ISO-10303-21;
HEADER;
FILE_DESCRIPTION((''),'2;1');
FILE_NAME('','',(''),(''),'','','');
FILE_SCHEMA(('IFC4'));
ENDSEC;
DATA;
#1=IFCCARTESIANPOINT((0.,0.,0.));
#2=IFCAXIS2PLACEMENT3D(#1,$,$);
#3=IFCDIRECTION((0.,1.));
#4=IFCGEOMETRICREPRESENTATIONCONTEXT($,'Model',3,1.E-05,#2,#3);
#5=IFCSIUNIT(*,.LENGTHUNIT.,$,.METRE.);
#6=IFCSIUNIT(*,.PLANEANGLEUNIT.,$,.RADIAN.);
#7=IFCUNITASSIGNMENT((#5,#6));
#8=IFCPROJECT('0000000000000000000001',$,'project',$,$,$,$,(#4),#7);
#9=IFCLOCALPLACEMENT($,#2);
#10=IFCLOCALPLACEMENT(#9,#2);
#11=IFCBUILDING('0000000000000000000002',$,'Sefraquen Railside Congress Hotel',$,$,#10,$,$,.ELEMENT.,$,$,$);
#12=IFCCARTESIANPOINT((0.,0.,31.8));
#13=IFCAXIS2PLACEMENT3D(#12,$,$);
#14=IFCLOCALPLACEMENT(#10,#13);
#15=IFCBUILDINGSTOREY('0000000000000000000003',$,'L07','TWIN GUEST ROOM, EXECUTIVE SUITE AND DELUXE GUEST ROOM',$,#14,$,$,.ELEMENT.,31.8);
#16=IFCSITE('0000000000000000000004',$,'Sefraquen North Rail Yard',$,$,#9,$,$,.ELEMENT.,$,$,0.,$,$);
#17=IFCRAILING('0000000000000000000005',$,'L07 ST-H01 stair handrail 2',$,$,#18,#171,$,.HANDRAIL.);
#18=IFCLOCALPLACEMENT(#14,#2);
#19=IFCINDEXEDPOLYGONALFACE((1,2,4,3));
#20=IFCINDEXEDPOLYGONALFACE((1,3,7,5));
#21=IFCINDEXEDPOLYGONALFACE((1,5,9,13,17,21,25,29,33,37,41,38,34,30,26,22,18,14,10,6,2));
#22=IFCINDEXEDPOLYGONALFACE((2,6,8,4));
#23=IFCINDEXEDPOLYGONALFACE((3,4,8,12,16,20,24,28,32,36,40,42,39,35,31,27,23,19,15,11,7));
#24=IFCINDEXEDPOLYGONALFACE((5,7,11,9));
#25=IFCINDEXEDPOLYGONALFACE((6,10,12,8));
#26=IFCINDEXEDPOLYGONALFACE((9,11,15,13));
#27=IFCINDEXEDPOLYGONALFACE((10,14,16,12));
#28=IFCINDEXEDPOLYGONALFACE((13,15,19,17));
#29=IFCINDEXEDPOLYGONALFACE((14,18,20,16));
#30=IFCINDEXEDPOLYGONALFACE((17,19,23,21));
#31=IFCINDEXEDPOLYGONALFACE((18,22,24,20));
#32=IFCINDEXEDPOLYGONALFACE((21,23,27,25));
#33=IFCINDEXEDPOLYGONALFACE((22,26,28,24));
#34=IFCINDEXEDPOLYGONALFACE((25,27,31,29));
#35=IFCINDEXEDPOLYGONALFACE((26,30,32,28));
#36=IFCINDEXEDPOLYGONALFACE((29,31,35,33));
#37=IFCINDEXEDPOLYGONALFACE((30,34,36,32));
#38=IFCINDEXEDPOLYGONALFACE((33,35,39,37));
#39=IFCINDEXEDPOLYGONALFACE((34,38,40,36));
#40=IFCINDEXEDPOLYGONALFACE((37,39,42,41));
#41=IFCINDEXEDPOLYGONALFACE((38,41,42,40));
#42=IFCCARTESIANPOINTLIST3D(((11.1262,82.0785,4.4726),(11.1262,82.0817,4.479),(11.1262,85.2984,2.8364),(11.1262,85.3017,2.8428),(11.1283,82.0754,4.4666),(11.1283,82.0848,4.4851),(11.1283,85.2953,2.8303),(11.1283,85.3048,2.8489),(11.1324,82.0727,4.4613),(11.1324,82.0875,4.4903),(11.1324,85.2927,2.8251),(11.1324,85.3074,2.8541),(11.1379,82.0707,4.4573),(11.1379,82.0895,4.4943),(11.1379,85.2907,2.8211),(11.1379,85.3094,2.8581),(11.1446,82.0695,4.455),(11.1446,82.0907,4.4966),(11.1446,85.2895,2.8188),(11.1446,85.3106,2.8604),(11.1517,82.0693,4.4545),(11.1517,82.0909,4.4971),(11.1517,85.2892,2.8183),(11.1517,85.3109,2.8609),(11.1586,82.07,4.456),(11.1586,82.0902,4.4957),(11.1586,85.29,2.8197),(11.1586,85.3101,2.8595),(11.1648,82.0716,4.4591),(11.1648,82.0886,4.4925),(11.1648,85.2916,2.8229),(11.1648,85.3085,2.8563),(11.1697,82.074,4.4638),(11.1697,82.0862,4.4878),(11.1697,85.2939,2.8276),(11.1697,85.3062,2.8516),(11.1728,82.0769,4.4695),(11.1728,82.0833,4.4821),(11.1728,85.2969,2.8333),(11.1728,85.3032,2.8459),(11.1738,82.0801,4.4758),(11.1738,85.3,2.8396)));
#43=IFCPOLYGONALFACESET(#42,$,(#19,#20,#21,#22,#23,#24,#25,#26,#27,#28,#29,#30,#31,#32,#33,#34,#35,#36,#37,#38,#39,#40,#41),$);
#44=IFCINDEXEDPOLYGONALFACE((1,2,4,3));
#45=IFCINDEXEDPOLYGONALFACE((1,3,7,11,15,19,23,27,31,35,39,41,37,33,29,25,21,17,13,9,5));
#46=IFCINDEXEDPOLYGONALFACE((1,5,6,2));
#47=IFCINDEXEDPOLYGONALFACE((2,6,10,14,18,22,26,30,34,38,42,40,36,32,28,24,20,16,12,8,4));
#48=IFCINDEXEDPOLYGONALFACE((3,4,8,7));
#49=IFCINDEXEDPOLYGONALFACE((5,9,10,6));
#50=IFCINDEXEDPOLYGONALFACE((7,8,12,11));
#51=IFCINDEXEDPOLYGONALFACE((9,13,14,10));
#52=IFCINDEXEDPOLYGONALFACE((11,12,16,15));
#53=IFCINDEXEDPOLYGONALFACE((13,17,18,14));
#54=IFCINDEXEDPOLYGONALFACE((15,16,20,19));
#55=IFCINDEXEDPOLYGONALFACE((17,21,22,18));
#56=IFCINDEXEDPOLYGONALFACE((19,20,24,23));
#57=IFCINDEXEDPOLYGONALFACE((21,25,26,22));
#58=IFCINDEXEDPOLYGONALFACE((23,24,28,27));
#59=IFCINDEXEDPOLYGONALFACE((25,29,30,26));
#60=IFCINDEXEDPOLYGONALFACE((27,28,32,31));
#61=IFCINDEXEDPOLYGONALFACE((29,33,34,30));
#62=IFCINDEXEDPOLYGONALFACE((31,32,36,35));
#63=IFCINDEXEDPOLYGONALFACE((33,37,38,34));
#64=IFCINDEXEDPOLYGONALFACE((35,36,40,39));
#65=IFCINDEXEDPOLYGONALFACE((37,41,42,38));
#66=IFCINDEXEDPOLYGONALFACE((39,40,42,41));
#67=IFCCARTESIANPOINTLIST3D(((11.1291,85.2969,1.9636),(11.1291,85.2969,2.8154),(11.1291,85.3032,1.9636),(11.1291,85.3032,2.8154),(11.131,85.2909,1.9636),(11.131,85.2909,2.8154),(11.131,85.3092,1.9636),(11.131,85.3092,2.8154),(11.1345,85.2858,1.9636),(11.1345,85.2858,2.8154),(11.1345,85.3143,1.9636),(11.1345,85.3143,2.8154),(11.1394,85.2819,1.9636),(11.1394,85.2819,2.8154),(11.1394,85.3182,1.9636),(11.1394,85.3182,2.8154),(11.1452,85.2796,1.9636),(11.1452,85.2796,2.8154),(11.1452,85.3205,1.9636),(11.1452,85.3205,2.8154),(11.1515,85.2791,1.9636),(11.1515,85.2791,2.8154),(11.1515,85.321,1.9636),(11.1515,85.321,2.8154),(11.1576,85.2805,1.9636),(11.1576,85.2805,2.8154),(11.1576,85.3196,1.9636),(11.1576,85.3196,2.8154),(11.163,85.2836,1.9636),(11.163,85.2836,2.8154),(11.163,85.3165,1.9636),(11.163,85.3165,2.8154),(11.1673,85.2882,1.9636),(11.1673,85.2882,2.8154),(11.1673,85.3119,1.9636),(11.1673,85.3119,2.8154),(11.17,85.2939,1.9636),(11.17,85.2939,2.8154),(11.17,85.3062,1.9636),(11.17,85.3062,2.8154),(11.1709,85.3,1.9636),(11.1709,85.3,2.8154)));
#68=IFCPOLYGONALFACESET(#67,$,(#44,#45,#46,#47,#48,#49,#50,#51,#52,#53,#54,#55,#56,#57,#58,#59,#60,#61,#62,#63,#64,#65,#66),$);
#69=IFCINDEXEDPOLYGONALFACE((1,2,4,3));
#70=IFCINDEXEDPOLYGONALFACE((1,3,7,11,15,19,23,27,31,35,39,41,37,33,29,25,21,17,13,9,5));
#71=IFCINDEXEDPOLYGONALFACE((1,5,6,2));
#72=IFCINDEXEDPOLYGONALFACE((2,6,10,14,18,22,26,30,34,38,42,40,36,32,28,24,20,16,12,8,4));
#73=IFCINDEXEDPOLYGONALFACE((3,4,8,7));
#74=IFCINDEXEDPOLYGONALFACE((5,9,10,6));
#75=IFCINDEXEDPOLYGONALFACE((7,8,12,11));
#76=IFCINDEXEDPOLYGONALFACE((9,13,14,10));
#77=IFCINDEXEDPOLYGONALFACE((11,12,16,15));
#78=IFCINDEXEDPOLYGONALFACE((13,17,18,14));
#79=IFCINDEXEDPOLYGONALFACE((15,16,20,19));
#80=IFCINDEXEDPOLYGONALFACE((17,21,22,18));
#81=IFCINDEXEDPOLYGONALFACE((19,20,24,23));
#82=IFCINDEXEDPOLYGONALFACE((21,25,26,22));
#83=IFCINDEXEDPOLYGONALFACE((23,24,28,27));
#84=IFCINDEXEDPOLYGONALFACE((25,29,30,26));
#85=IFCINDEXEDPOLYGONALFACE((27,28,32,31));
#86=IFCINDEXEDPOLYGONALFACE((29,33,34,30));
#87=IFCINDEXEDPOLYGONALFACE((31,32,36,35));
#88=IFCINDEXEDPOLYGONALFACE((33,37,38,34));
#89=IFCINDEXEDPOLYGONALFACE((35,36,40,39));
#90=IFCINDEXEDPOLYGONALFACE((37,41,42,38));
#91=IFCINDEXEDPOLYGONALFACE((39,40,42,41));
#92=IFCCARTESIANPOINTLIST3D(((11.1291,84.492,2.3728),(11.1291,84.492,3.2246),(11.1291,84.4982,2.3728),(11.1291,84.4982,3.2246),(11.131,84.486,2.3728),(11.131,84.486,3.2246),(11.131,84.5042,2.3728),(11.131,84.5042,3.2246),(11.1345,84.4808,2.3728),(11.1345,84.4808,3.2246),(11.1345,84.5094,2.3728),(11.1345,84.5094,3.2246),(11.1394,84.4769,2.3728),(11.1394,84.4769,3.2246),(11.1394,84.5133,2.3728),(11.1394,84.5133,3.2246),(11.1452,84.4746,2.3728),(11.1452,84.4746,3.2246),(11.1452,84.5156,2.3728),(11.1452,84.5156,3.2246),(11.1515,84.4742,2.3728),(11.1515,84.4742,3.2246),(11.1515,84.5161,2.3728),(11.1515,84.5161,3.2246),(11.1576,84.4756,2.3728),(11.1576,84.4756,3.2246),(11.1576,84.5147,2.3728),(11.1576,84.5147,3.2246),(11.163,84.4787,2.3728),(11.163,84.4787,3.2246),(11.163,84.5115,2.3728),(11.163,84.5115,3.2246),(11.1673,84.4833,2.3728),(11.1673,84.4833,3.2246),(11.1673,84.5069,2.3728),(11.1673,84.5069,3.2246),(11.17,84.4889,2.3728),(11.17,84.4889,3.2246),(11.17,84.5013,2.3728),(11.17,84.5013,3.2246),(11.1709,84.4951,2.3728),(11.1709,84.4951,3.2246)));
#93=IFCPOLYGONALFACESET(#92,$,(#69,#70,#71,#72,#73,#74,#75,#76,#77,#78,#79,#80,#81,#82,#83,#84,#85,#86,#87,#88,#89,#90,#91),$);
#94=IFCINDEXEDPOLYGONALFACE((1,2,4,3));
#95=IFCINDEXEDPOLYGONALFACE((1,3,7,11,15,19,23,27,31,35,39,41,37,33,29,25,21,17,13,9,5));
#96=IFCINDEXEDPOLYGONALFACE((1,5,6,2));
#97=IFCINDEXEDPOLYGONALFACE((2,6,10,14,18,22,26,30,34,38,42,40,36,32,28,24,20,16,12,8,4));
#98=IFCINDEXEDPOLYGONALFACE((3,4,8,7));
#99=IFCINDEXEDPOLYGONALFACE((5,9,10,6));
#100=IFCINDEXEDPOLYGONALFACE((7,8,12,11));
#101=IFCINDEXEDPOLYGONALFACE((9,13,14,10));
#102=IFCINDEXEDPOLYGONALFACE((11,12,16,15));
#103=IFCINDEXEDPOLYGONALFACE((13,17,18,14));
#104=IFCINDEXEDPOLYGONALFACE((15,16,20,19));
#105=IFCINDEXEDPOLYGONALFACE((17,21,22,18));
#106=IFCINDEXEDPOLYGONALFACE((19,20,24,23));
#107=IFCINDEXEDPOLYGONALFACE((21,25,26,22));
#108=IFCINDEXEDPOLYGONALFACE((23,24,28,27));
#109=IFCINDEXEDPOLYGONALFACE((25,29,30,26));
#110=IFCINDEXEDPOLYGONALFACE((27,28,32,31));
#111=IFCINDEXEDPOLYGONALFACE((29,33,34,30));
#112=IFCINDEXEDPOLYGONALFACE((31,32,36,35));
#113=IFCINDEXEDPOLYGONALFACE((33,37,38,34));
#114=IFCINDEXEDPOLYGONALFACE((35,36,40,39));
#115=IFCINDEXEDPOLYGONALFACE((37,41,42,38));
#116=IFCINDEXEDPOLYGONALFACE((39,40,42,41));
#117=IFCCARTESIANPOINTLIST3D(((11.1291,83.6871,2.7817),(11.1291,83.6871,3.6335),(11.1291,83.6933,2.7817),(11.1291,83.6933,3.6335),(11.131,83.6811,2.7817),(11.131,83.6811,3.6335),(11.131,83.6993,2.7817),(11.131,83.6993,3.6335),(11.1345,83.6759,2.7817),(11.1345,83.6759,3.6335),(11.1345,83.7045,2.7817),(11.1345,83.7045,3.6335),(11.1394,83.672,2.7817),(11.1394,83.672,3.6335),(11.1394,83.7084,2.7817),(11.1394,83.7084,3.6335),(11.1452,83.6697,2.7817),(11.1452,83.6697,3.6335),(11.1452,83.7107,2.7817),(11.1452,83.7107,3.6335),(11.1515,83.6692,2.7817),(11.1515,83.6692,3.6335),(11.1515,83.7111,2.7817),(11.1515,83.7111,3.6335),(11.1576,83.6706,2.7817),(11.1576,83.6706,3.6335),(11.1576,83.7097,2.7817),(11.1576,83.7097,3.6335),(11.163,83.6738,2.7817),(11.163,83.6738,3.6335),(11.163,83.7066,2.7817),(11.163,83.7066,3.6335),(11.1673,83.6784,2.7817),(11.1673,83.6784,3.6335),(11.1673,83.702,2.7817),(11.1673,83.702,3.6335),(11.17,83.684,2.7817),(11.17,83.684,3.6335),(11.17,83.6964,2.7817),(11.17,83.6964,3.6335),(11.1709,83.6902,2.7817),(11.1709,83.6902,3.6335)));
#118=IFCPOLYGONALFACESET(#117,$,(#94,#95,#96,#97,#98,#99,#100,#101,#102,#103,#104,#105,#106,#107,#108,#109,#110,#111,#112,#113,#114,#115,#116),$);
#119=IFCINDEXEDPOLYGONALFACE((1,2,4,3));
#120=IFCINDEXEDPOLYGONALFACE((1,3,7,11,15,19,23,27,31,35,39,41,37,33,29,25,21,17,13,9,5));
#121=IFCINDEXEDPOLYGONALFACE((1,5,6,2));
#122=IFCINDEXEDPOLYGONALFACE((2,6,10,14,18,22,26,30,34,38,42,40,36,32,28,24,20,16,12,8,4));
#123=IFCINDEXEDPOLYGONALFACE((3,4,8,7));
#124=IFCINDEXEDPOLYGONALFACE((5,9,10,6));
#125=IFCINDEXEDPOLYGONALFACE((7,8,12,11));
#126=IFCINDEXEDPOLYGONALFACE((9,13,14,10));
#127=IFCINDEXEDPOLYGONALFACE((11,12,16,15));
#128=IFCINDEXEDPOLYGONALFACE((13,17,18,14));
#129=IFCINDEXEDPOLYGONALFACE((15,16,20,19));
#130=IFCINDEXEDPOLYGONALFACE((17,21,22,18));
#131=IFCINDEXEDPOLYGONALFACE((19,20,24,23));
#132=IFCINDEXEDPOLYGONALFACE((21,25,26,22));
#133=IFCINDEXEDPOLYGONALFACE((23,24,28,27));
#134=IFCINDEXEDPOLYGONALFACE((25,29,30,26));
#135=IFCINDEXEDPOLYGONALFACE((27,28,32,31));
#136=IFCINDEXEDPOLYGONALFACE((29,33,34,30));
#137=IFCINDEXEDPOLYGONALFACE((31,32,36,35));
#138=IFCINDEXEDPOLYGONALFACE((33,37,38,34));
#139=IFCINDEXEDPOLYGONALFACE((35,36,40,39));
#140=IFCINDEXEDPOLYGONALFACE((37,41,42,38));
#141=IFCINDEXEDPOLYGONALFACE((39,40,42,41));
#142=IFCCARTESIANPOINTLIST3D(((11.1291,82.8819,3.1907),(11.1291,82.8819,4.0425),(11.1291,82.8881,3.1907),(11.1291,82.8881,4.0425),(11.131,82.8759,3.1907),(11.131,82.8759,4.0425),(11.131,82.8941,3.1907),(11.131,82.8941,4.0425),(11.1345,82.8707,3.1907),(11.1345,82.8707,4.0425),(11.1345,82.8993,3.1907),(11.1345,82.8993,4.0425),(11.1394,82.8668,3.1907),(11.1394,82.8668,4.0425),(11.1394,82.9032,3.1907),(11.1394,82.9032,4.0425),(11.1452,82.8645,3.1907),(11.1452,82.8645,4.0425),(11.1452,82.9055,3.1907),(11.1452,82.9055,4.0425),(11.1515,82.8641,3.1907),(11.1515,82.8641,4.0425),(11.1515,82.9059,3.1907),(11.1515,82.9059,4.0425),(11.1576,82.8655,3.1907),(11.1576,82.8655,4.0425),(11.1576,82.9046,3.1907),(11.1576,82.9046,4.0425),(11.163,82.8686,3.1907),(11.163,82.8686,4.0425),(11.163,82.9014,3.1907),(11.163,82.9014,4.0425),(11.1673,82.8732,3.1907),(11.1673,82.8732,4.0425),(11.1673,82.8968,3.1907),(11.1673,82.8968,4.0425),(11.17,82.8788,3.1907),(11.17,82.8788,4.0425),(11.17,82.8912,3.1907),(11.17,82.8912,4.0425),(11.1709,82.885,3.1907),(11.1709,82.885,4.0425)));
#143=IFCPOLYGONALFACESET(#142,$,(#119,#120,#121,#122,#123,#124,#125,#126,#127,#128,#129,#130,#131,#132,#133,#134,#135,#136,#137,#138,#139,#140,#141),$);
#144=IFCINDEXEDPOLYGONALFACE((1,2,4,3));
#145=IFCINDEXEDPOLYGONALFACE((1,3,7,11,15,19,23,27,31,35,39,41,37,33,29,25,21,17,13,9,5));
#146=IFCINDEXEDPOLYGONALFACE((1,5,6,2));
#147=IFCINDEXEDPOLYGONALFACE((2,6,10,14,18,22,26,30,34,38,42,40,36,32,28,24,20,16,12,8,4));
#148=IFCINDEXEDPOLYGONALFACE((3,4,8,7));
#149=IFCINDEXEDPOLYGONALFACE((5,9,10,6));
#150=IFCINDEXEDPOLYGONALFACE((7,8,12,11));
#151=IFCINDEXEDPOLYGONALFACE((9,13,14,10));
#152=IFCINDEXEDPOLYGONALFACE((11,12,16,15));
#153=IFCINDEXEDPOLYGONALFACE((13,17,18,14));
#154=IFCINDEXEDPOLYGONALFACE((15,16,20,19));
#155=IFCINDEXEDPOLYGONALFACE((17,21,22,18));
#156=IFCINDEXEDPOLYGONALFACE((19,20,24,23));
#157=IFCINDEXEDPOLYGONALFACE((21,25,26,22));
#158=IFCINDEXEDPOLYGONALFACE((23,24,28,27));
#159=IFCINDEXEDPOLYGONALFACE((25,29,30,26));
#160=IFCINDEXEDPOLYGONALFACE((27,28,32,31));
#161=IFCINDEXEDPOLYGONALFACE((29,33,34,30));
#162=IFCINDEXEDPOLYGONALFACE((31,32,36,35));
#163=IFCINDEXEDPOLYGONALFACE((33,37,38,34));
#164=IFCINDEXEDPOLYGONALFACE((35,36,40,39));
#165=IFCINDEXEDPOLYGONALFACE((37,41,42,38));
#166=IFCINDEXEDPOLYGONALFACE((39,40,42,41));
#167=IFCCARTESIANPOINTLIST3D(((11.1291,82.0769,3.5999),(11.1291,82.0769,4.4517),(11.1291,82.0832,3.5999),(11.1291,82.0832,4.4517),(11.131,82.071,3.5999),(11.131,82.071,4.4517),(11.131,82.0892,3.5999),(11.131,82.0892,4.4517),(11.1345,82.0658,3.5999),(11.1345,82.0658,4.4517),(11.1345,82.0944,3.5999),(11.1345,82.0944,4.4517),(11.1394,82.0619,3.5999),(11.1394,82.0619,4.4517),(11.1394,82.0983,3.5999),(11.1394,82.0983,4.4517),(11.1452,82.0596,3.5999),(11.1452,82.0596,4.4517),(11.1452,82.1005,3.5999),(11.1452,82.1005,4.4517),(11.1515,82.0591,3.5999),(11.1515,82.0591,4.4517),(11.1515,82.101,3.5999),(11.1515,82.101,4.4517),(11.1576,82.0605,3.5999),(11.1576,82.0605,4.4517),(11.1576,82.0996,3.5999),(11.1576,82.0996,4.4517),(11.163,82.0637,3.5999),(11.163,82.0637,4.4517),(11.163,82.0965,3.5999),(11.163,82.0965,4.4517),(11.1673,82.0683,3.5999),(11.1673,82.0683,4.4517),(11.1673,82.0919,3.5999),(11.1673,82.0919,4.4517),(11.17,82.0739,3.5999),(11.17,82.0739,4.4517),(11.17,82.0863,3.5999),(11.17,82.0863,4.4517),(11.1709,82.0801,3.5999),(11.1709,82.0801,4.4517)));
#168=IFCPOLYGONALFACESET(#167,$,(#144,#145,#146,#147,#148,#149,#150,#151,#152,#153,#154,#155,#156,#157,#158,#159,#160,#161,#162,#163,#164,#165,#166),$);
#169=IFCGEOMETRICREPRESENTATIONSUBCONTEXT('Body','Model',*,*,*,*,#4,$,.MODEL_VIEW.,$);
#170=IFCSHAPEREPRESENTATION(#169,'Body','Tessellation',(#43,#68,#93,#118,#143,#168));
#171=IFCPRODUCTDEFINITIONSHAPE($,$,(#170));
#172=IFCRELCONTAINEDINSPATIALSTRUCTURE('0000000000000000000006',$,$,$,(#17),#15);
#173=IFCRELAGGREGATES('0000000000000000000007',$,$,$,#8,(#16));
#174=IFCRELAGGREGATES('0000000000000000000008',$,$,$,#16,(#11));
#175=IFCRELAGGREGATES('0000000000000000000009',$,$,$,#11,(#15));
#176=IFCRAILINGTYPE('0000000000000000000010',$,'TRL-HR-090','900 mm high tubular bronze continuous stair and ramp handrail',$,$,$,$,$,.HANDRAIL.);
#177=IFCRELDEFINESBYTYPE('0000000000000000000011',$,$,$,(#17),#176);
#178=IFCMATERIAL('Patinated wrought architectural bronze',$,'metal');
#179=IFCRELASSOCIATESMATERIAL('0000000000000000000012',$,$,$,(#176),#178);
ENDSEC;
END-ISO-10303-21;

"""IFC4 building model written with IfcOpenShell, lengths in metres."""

from ifc_helpers import new_model, si_unit, direction, frame, origin, origin_2d, place, context, subcontext, project, spatial, circle, extrude, material, type_object, element, save


model = new_model("IFC4")

# Units and contexts
model_context = context("Model", 3, precision=1e-05, world=origin(), true_north=direction((0.0, 1.0)))
body_context = subcontext(model_context, "Body", "Model", "MODEL_VIEW")
ifc_project = project(units=[si_unit("LENGTHUNIT", "METRE"), si_unit("PLANEANGLEUNIT", "RADIAN")], contexts=[model_context])

# Site, building, storey
site_placement = place(None, origin())
site = spatial("IfcSite", under=ifc_project, at=site_placement, Name="Sefraquen North Rail Yard", CompositionType="ELEMENT", RefElevation=0.0)
building_placement = place(site_placement, origin())
building = spatial("IfcBuilding", under=site, at=building_placement, Name="Sefraquen Railside Congress Hotel", CompositionType="ELEMENT")
storey_placement = place(building_placement, frame((0.0, 0.0, 31.8)))
storey = spatial("IfcBuildingStorey", under=building, at=storey_placement, Name="L07", Description="TWIN GUEST ROOM, EXECUTIVE SUITE AND DELUXE GUEST ROOM", CompositionType="ELEMENT", Elevation=31.8)

# Railing
ifc_material_1 = material(Name="Patinated wrought architectural bronze", Category="metal")
railing_type_1 = type_object("IfcRailingType", Name="TRL-HR-090", Description="900 mm high tubular bronze continuous stair and ramp handrail", PredefinedType="HANDRAIL", material=ifc_material_1)
railing_1_placement = place(storey_placement, frame((11.1499, 85.3, 1.9636)))
element("IfcRailing", 1, at=railing_1_placement, inside=storey, type_object=railing_type_1, Name="L07 ST-H01 stair handrail 2", PredefinedType="HANDRAIL", context=body_context, shape_type="SweptSolid", body=[
    extrude(circle(Radius=0.0239, at=origin_2d()), frame((0.0, 0.0, 0.876), z_axis=(0.0, -0.891502, 0.453017), x_axis=(1.0, 0.0, 0.0)), (0.0, 0.0, 1.0), 3.6118),
    extrude(circle(Radius=0.021, at=origin_2d()), origin(), (0.0, 0.0, 1.0), 0.8518),
    extrude(circle(Radius=0.021, at=origin_2d()), frame((0.0, -0.8049, 0.4092)), (0.0, 0.0, 1.0), 0.8518),
    extrude(circle(Radius=0.021, at=origin_2d()), frame((0.0, -1.6099, 0.8181)), (0.0, 0.0, 1.0), 0.8518),
    extrude(circle(Radius=0.021, at=origin_2d()), frame((0.0, -2.415, 1.2271)), (0.0, 0.0, 1.0), 0.8518),
    extrude(circle(Radius=0.021, at=origin_2d()), frame((0.0, -3.22, 1.6362)), (0.0, 0.0, 1.0), 0.8518),
])

save(model, "model.ifc")
